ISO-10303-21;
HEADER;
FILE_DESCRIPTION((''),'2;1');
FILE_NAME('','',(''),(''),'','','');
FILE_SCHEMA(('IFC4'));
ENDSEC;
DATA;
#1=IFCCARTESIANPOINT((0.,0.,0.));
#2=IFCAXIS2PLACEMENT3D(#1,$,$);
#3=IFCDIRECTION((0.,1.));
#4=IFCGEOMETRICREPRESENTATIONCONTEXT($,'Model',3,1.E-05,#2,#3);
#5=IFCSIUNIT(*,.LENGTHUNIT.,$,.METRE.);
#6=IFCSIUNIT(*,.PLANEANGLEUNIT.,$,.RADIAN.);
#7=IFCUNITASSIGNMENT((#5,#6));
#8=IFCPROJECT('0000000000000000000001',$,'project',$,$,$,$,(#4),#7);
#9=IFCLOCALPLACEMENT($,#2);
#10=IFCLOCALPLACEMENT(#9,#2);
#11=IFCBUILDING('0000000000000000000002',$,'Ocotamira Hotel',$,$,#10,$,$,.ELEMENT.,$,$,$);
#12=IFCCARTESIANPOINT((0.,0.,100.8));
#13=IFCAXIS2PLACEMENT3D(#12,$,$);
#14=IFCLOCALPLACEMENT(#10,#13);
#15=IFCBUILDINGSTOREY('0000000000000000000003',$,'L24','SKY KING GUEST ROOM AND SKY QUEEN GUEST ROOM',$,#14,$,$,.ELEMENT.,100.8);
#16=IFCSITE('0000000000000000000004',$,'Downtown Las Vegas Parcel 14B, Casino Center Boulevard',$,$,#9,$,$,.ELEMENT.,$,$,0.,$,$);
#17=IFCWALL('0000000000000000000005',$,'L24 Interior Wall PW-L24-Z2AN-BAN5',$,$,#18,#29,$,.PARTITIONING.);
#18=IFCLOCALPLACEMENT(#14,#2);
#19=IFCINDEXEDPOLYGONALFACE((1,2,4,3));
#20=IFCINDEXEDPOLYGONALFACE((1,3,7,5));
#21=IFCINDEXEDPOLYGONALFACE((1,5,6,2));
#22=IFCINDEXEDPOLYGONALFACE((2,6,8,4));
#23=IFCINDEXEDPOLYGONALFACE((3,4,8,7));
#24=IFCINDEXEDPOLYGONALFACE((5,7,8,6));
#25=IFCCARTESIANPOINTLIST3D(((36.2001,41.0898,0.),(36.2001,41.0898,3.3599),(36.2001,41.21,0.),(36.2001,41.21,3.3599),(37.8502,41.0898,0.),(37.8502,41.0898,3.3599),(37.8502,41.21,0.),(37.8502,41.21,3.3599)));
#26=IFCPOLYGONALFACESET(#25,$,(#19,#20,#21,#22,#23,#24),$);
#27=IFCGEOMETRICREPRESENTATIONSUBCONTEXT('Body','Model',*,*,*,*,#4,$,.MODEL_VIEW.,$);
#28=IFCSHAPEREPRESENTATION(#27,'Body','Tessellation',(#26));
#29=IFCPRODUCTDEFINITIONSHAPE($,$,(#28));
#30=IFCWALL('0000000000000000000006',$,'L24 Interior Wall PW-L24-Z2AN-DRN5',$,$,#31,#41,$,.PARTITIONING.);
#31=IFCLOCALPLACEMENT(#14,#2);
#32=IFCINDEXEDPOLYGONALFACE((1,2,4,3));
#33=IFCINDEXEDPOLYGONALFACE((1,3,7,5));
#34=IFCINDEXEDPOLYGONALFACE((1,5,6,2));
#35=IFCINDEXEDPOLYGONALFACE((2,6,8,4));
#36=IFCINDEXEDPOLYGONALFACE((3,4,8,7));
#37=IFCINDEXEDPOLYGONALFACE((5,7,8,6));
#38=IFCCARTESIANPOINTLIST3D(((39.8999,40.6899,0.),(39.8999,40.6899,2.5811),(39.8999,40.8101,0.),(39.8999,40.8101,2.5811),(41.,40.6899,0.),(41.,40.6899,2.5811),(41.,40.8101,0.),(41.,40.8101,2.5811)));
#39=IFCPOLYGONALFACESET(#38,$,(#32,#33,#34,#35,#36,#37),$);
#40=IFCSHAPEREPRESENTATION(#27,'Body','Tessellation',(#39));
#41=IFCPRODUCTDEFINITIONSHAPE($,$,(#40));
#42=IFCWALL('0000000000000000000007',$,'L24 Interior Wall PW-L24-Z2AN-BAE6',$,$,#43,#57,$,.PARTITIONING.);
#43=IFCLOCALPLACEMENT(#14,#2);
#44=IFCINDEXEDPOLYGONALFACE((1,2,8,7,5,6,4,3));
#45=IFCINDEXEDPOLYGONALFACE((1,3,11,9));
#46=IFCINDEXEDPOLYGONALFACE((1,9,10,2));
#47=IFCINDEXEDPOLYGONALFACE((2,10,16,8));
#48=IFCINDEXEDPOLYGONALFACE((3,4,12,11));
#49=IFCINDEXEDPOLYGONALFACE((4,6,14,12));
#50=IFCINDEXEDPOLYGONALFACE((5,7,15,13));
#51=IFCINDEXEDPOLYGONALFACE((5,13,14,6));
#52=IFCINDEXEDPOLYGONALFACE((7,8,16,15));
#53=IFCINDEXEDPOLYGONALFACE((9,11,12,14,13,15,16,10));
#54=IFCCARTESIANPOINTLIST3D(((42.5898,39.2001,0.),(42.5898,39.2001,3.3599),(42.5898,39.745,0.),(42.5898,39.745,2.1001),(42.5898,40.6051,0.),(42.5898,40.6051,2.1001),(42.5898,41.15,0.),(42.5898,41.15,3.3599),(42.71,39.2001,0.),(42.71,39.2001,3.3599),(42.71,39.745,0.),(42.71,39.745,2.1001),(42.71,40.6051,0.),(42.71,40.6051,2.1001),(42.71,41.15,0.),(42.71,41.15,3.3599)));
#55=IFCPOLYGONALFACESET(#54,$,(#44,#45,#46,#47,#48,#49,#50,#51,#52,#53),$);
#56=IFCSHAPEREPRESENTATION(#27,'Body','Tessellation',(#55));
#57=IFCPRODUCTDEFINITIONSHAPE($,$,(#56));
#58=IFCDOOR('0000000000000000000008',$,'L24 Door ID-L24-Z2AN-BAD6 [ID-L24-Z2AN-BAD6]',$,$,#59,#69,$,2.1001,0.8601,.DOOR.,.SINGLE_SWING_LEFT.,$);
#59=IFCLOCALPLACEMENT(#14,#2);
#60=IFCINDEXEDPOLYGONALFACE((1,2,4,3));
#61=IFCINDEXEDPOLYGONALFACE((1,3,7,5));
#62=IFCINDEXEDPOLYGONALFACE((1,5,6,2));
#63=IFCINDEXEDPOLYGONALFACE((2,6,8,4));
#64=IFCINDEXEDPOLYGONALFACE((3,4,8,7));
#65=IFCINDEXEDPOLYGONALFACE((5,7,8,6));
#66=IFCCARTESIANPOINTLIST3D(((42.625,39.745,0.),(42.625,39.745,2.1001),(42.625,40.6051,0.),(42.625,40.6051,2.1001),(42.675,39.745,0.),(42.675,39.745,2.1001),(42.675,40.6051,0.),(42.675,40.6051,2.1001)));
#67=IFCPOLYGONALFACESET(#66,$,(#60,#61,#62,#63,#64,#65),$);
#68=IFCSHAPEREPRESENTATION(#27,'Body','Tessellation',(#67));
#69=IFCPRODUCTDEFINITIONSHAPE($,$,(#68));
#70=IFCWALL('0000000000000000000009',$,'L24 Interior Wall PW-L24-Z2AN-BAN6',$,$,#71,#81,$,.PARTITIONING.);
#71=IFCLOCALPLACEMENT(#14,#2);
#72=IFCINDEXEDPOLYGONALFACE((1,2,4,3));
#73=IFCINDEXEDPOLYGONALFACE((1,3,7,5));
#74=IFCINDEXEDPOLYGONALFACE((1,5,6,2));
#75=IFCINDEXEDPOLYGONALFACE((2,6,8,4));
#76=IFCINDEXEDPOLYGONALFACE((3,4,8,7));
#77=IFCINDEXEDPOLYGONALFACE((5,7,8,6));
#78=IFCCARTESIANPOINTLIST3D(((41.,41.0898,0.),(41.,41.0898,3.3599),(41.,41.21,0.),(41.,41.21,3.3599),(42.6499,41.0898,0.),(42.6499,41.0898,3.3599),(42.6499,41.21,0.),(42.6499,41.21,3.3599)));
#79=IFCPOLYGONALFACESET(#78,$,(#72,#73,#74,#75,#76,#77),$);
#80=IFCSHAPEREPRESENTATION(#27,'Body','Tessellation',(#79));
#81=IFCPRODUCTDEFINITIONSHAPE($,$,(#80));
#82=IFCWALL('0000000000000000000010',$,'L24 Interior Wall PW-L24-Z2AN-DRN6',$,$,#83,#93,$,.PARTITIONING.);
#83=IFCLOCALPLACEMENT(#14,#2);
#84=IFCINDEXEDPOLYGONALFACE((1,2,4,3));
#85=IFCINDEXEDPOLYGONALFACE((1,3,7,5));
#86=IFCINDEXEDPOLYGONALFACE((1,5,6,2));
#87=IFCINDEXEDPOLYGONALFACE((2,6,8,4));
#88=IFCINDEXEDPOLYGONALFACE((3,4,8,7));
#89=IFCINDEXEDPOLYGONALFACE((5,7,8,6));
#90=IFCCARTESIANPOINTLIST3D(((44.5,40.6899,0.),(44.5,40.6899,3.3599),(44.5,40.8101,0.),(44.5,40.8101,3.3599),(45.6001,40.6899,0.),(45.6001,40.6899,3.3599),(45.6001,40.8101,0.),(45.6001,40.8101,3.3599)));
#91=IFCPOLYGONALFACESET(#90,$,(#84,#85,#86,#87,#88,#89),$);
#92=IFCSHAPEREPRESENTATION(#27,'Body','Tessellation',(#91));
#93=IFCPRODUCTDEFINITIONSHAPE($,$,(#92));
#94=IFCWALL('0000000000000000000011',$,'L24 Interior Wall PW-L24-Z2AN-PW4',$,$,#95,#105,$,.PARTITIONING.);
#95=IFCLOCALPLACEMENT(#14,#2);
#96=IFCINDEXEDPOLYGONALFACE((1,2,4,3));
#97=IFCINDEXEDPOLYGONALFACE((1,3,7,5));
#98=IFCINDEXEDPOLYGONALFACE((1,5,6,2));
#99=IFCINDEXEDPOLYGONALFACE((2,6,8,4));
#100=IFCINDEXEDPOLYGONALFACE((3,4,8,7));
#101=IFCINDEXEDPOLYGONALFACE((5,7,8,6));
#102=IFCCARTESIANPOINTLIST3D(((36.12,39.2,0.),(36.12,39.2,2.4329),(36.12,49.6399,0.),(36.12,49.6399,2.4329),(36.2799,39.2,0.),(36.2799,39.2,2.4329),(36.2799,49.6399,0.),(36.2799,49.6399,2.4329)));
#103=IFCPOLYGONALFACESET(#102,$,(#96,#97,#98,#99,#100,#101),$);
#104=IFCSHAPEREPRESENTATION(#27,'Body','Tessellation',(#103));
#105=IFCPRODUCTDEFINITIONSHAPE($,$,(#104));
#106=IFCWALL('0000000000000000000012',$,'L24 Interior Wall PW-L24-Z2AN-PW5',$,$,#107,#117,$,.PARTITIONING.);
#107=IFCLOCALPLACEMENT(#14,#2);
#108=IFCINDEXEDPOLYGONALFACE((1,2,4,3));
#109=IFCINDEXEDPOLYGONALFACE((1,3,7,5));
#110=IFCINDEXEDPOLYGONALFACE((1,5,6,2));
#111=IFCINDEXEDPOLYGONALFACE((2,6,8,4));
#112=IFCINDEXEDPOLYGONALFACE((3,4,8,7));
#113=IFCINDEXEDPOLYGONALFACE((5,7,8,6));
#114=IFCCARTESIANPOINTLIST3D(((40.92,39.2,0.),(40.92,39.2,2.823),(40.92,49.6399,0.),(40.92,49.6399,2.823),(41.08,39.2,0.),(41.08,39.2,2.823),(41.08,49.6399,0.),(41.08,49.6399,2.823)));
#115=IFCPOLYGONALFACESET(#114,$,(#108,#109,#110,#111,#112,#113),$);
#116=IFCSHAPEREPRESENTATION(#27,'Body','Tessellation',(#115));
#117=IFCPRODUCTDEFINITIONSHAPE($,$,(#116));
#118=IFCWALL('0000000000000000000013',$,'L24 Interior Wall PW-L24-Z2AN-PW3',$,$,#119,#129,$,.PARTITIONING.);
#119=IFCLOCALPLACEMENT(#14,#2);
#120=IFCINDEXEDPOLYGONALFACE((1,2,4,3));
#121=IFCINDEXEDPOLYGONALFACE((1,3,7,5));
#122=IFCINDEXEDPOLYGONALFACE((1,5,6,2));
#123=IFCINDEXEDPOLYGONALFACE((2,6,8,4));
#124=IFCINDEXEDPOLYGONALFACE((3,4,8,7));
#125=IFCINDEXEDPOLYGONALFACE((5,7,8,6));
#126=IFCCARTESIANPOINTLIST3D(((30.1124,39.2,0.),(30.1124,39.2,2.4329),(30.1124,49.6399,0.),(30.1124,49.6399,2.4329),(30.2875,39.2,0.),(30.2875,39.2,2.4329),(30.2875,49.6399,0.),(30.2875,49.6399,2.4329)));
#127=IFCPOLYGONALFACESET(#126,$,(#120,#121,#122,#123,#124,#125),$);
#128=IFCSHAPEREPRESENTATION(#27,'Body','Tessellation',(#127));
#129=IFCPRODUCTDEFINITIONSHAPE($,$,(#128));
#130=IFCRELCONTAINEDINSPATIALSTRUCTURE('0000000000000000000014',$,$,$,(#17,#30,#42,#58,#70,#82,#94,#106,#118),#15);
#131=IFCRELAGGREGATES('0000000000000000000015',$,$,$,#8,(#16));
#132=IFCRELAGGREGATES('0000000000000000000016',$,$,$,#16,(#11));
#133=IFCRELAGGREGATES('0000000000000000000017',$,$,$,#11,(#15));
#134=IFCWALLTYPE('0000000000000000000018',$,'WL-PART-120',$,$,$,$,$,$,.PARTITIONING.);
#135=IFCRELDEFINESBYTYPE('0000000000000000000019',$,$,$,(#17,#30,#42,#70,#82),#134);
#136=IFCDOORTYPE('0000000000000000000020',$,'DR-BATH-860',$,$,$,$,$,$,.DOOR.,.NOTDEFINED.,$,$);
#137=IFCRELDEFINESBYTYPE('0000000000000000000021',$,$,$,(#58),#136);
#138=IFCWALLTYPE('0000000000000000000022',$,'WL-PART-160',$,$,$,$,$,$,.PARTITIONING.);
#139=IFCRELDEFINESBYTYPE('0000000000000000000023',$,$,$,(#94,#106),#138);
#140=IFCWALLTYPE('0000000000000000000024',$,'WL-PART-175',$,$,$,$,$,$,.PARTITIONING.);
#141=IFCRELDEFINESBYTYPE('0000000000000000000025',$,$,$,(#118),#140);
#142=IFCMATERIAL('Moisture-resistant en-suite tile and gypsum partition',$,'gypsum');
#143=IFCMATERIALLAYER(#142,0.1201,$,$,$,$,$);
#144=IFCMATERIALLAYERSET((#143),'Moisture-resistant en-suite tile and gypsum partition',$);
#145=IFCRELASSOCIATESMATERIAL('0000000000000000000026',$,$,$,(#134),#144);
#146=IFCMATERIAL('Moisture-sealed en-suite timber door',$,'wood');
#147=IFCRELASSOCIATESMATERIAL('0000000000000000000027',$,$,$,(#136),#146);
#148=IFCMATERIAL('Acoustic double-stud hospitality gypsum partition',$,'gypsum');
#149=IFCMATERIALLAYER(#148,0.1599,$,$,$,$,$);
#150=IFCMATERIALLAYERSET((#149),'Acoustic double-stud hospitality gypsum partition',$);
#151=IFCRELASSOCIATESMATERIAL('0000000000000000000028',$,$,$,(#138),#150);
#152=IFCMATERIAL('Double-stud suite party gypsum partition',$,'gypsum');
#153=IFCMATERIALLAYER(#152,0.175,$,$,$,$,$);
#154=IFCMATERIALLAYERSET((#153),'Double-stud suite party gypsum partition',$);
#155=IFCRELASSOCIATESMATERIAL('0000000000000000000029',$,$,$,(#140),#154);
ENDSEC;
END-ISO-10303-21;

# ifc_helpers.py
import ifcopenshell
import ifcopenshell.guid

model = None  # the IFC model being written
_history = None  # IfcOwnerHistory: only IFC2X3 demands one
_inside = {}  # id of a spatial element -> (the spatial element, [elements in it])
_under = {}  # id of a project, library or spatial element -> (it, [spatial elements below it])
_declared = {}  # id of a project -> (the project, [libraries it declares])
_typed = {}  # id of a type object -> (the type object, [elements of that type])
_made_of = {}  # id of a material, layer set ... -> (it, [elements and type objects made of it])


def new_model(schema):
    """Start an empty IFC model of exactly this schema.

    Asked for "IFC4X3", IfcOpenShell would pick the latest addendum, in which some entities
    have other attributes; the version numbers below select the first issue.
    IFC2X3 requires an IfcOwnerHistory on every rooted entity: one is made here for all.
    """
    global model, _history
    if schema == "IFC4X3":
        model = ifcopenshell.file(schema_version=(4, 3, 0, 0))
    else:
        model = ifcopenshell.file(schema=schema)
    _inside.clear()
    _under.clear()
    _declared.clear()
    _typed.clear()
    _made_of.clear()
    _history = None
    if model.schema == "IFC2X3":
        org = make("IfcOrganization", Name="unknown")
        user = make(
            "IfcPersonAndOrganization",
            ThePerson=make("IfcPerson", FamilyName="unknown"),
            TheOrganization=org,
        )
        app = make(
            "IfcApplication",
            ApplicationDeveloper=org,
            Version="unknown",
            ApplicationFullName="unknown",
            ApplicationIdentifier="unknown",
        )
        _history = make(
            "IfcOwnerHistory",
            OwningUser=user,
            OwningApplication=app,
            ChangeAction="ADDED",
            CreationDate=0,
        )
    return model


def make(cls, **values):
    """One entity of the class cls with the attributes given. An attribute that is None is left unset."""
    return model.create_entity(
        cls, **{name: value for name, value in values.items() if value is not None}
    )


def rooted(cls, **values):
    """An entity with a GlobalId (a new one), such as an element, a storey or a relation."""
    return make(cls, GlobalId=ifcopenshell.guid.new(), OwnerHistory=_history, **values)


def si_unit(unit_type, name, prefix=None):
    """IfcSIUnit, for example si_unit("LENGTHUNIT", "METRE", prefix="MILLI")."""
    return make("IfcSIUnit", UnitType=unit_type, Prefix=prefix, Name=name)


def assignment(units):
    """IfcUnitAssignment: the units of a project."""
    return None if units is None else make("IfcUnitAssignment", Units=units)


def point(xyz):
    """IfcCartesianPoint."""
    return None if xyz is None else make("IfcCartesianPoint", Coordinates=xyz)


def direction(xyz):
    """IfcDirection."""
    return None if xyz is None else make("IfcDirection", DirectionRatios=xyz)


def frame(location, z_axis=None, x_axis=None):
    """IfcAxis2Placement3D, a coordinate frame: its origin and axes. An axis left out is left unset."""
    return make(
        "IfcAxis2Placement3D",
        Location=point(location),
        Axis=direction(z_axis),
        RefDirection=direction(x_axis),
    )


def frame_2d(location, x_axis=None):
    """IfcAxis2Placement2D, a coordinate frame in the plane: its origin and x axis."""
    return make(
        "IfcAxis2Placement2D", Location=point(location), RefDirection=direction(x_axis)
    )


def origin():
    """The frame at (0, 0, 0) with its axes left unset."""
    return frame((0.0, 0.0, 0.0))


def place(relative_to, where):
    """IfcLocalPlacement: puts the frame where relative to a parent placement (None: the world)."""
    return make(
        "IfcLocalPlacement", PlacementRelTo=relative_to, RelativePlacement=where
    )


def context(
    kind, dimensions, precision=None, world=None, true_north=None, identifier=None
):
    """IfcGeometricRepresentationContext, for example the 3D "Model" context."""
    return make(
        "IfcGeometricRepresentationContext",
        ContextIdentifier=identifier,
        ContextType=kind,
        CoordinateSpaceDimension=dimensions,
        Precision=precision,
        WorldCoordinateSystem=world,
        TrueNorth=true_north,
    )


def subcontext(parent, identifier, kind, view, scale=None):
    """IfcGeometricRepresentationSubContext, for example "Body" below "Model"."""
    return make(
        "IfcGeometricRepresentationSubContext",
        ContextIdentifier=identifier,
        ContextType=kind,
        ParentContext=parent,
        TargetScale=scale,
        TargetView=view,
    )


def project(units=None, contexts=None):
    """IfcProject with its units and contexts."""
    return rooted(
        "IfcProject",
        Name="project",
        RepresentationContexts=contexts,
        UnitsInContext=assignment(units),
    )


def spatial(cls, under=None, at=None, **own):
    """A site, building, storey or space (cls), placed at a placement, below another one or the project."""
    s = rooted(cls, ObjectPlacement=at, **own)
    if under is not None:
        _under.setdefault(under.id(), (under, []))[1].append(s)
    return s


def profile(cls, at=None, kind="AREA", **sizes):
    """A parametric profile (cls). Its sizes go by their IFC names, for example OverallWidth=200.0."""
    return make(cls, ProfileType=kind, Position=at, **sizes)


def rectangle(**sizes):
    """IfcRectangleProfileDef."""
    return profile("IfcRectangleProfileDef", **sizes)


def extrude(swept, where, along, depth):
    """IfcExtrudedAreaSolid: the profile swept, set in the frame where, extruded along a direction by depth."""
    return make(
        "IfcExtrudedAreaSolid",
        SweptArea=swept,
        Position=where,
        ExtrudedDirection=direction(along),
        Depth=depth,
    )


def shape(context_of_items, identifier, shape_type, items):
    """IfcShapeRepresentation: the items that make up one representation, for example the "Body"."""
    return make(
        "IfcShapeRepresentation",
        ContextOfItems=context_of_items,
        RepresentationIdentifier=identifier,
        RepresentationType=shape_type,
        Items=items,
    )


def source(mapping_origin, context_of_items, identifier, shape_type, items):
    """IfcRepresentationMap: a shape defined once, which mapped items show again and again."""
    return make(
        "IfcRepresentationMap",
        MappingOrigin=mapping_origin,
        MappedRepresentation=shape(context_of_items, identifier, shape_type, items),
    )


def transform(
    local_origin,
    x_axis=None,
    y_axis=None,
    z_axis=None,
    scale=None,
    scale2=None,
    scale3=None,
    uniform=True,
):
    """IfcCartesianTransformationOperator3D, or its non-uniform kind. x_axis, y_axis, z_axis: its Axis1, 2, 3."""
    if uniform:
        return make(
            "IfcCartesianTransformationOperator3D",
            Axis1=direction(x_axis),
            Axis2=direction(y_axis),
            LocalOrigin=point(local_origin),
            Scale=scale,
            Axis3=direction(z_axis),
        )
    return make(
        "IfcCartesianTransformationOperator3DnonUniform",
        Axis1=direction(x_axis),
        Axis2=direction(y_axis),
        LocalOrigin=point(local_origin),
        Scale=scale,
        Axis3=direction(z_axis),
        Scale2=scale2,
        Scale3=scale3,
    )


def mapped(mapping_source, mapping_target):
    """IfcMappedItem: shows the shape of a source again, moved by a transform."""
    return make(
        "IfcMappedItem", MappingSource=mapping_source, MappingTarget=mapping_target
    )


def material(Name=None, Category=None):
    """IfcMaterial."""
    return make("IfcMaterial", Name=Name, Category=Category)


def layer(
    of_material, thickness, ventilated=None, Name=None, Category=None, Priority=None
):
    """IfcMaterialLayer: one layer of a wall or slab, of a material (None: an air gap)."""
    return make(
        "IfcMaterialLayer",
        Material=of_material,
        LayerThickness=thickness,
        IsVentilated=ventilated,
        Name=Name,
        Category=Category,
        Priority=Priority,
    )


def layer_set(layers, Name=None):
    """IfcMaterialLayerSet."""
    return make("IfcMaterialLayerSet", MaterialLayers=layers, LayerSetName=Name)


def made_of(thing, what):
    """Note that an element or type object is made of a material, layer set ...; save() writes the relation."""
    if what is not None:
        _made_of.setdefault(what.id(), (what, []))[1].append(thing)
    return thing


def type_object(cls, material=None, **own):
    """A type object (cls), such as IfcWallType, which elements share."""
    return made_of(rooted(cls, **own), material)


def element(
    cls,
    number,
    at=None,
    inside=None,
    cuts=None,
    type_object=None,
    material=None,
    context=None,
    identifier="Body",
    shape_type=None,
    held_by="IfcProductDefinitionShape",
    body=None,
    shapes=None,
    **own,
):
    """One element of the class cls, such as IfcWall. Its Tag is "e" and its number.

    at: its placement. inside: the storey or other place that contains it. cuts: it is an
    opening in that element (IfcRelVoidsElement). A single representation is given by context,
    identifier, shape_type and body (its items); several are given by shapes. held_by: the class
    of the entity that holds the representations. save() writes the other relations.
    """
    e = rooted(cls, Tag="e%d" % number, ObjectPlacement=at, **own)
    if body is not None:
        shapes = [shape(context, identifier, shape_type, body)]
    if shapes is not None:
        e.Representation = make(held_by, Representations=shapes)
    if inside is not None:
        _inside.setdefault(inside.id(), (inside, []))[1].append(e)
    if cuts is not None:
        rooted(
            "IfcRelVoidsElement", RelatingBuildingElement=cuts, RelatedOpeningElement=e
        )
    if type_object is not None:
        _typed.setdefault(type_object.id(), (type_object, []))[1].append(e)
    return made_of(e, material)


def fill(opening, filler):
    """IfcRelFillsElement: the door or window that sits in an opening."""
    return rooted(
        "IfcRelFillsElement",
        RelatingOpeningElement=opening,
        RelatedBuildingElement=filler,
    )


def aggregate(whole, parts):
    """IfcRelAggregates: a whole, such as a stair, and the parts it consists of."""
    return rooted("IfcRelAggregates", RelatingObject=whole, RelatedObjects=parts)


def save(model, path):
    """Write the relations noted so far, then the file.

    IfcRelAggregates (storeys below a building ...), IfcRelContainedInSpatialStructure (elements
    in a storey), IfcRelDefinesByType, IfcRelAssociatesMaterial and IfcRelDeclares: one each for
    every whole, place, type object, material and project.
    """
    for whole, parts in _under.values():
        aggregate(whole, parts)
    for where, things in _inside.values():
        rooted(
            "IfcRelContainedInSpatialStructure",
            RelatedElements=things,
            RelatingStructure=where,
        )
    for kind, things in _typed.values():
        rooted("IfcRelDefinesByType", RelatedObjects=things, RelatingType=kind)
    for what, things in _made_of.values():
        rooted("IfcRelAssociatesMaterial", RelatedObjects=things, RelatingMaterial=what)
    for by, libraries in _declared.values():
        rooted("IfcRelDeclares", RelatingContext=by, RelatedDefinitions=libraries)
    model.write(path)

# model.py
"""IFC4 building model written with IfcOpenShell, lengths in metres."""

from ifc_helpers import new_model, si_unit, direction, frame, frame_2d, origin, place, context, subcontext, project, spatial, rectangle, extrude, source, transform, mapped, material, layer, layer_set, type_object, element, fill, save


model = new_model("IFC4")

# Units and contexts
model_context = context("Model", 3, precision=1e-05, world=origin(), true_north=direction((0.0, 1.0)))
body_context = subcontext(model_context, "Body", "Model", "MODEL_VIEW")
ifc_project = project(units=[si_unit("LENGTHUNIT", "METRE"), si_unit("PLANEANGLEUNIT", "RADIAN")], contexts=[model_context])

# Site, building, storey
site_placement = place(None, origin())
site = spatial("IfcSite", under=ifc_project, at=site_placement, Name="Downtown Las Vegas Parcel 14B, Casino Center Boulevard", CompositionType="ELEMENT", RefElevation=0.0)
building_placement = place(site_placement, origin())
building = spatial("IfcBuilding", under=site, at=building_placement, Name="Ocotamira Hotel", CompositionType="ELEMENT")
storey_placement = place(building_placement, frame((0.0, 0.0, 100.8)))
storey = spatial("IfcBuildingStorey", under=building, at=storey_placement, Name="L24", Description="SKY KING GUEST ROOM AND SKY QUEEN GUEST ROOM", CompositionType="ELEMENT", Elevation=100.8)

# Shared definitions
ifc_material_1 = material(Name="Moisture-resistant en-suite tile and gypsum partition", Category="gypsum")
ifc_layer_1 = layer(ifc_material_1, 0.1201)
ifc_layer_set_1 = layer_set([ifc_layer_1], Name="Moisture-resistant en-suite tile and gypsum partition")
wall_type_1 = type_object("IfcWallType", Name="WL-PART-120", PredefinedType="PARTITIONING", material=ifc_layer_set_1)

# Shared definitions
ifc_material_2 = material(Name="Moisture-sealed en-suite timber door", Category="wood")
door_type = type_object("IfcDoorType", Name="DR-BATH-860", OperationType="NOTDEFINED", PredefinedType="DOOR", material=ifc_material_2)
shared_shape_1 = source(origin(), body_context, "Body", "SweptSolid", [
    extrude(rectangle(XDim=0.8601, YDim=2.1001, at=frame_2d((0.4302, 1.05))), frame((0.0, 0.0249, 0.0), z_axis=(0.0, -1.0, 0.0), x_axis=(1.0, 0.0, 0.0)), (0.0, 0.0, 1.0), 0.05),
])

# Walls
wall_1_placement = place(storey_placement, frame((36.2, 41.1499, 0.0), z_axis=(0.0, 0.0, 1.0), x_axis=(1.0, 0.0, 0.0)))
element("IfcWall", 1, at=wall_1_placement, inside=storey, type_object=wall_type_1, Name="L24 Interior Wall PW-L24-Z2AN-BAN5", PredefinedType="PARTITIONING", context=body_context, shape_type="SweptSolid", body=[
    extrude(rectangle(XDim=1.6501, YDim=0.1201, at=frame_2d((0.8252, 0.0))), origin(), (0.0, 0.0, 1.0), 3.3599),
])
wall_2_placement = place(storey_placement, frame((39.8999, 40.75, 0.0), z_axis=(0.0, 0.0, 1.0), x_axis=(1.0, 0.0, 0.0)))
element("IfcWall", 2, at=wall_2_placement, inside=storey, type_object=wall_type_1, Name="L24 Interior Wall PW-L24-Z2AN-DRN5", PredefinedType="PARTITIONING", context=body_context, shape_type="SweptSolid", body=[
    extrude(rectangle(XDim=1.1001, YDim=0.1201, at=frame_2d((0.55, 0.0))), origin(), (0.0, 0.0, 1.0), 2.5811),
])

# Wall, opening, door
wall_3_placement = place(storey_placement, frame((42.6499, 39.2, 0.0), z_axis=(0.0, 0.0, 1.0), x_axis=(0.0, 1.0, 0.0)))
wall_3 = element("IfcWall", 3, at=wall_3_placement, inside=storey, type_object=wall_type_1, Name="L24 Interior Wall PW-L24-Z2AN-BAE6", PredefinedType="PARTITIONING", context=body_context, shape_type="SweptSolid", body=[
    extrude(rectangle(XDim=1.95, YDim=0.1201, at=frame_2d((0.9751, 0.0))), origin(), (0.0, 0.0, 1.0), 3.3599),
])
opening_1_placement = place(wall_3_placement, frame((0.5449, 0.0, 0.0)))
opening_1 = element("IfcOpeningElement", 4, at=opening_1_placement, cuts=wall_3, PredefinedType="OPENING", context=body_context, shape_type="SweptSolid", body=[
    extrude(rectangle(XDim=0.8601, YDim=2.1001, at=frame_2d((0.4302, 1.05))), frame((0.0, 0.0701, 0.0), z_axis=(0.0, -1.0, 0.0), x_axis=(1.0, 0.0, 0.0)), (0.0, 0.0, 1.0), 0.1401),
])
door_1_placement = place(opening_1_placement, origin())
door_1 = element("IfcDoor", 5, at=door_1_placement, inside=storey, type_object=door_type, Name="L24 Door ID-L24-Z2AN-BAD6 [ID-L24-Z2AN-BAD6]", OperationType="SINGLE_SWING_LEFT", OverallHeight=2.1001, OverallWidth=0.8601, PredefinedType="DOOR", context=body_context, shape_type="MappedRepresentation", body=[
    mapped(shared_shape_1, transform((0.0, 0.0, 0.0), scale=1.0)),
])
fill(opening_1, door_1)

# Walls
wall_4_placement = place(storey_placement, frame((41.0, 41.1499, 0.0), z_axis=(0.0, 0.0, 1.0), x_axis=(1.0, 0.0, 0.0)))
element("IfcWall", 6, at=wall_4_placement, inside=storey, type_object=wall_type_1, Name="L24 Interior Wall PW-L24-Z2AN-BAN6", PredefinedType="PARTITIONING", context=body_context, shape_type="SweptSolid", body=[
    extrude(rectangle(XDim=1.6499, YDim=0.1201, at=frame_2d((0.825, 0.0))), origin(), (0.0, 0.0, 1.0), 3.3599),
])
wall_5_placement = place(storey_placement, frame((44.5, 40.75, 0.0), z_axis=(0.0, 0.0, 1.0), x_axis=(1.0, 0.0, 0.0)))
element("IfcWall", 7, at=wall_5_placement, inside=storey, type_object=wall_type_1, Name="L24 Interior Wall PW-L24-Z2AN-DRN6", PredefinedType="PARTITIONING", context=body_context, shape_type="SweptSolid", body=[
    extrude(rectangle(XDim=1.1001, YDim=0.1201, at=frame_2d((0.55, 0.0))), origin(), (0.0, 0.0, 1.0), 3.3599),
])
ifc_material_3 = material(Name="Acoustic double-stud hospitality gypsum partition", Category="gypsum")
ifc_layer_2 = layer(ifc_material_3, 0.1599)
ifc_layer_set_2 = layer_set([ifc_layer_2], Name="Acoustic double-stud hospitality gypsum partition")
wall_type_2 = type_object("IfcWallType", Name="WL-PART-160", PredefinedType="PARTITIONING", material=ifc_layer_set_2)
wall_6_placement = place(storey_placement, frame((36.2, 39.2, 0.0), z_axis=(0.0, 0.0, 1.0), x_axis=(0.0, 1.0, 0.0)))
element("IfcWall", 8, at=wall_6_placement, inside=storey, type_object=wall_type_2, Name="L24 Interior Wall PW-L24-Z2AN-PW4", PredefinedType="PARTITIONING", context=body_context, shape_type="SweptSolid", body=[
    extrude(rectangle(XDim=10.4399, YDim=0.1599, at=frame_2d((5.22, 0.0))), origin(), (0.0, 0.0, 1.0), 2.4329),
])
wall_7_placement = place(storey_placement, frame((41.0, 39.2, 0.0), z_axis=(0.0, 0.0, 1.0), x_axis=(0.0, 1.0, 0.0)))
element("IfcWall", 9, at=wall_7_placement, inside=storey, type_object=wall_type_2, Name="L24 Interior Wall PW-L24-Z2AN-PW5", PredefinedType="PARTITIONING", context=body_context, shape_type="SweptSolid", body=[
    extrude(rectangle(XDim=10.4399, YDim=0.1599, at=frame_2d((5.22, 0.0))), origin(), (0.0, 0.0, 1.0), 2.823),
])
ifc_material_4 = material(Name="Double-stud suite party gypsum partition", Category="gypsum")
ifc_layer_3 = layer(ifc_material_4, 0.175)
ifc_layer_set_3 = layer_set([ifc_layer_3], Name="Double-stud suite party gypsum partition")
wall_type_3 = type_object("IfcWallType", Name="WL-PART-175", PredefinedType="PARTITIONING", material=ifc_layer_set_3)
wall_8_placement = place(storey_placement, frame((30.2, 39.2, 0.0), z_axis=(0.0, 0.0, 1.0), x_axis=(0.0, 1.0, 0.0)))
element("IfcWall", 10, at=wall_8_placement, inside=storey, type_object=wall_type_3, Name="L24 Interior Wall PW-L24-Z2AN-PW3", PredefinedType="PARTITIONING", context=body_context, shape_type="SweptSolid", body=[
    extrude(rectangle(XDim=10.4399, YDim=0.175, at=frame_2d((5.22, 0.0))), origin(), (0.0, 0.0, 1.0), 2.4329),
])

save(model, "model.ifc")
